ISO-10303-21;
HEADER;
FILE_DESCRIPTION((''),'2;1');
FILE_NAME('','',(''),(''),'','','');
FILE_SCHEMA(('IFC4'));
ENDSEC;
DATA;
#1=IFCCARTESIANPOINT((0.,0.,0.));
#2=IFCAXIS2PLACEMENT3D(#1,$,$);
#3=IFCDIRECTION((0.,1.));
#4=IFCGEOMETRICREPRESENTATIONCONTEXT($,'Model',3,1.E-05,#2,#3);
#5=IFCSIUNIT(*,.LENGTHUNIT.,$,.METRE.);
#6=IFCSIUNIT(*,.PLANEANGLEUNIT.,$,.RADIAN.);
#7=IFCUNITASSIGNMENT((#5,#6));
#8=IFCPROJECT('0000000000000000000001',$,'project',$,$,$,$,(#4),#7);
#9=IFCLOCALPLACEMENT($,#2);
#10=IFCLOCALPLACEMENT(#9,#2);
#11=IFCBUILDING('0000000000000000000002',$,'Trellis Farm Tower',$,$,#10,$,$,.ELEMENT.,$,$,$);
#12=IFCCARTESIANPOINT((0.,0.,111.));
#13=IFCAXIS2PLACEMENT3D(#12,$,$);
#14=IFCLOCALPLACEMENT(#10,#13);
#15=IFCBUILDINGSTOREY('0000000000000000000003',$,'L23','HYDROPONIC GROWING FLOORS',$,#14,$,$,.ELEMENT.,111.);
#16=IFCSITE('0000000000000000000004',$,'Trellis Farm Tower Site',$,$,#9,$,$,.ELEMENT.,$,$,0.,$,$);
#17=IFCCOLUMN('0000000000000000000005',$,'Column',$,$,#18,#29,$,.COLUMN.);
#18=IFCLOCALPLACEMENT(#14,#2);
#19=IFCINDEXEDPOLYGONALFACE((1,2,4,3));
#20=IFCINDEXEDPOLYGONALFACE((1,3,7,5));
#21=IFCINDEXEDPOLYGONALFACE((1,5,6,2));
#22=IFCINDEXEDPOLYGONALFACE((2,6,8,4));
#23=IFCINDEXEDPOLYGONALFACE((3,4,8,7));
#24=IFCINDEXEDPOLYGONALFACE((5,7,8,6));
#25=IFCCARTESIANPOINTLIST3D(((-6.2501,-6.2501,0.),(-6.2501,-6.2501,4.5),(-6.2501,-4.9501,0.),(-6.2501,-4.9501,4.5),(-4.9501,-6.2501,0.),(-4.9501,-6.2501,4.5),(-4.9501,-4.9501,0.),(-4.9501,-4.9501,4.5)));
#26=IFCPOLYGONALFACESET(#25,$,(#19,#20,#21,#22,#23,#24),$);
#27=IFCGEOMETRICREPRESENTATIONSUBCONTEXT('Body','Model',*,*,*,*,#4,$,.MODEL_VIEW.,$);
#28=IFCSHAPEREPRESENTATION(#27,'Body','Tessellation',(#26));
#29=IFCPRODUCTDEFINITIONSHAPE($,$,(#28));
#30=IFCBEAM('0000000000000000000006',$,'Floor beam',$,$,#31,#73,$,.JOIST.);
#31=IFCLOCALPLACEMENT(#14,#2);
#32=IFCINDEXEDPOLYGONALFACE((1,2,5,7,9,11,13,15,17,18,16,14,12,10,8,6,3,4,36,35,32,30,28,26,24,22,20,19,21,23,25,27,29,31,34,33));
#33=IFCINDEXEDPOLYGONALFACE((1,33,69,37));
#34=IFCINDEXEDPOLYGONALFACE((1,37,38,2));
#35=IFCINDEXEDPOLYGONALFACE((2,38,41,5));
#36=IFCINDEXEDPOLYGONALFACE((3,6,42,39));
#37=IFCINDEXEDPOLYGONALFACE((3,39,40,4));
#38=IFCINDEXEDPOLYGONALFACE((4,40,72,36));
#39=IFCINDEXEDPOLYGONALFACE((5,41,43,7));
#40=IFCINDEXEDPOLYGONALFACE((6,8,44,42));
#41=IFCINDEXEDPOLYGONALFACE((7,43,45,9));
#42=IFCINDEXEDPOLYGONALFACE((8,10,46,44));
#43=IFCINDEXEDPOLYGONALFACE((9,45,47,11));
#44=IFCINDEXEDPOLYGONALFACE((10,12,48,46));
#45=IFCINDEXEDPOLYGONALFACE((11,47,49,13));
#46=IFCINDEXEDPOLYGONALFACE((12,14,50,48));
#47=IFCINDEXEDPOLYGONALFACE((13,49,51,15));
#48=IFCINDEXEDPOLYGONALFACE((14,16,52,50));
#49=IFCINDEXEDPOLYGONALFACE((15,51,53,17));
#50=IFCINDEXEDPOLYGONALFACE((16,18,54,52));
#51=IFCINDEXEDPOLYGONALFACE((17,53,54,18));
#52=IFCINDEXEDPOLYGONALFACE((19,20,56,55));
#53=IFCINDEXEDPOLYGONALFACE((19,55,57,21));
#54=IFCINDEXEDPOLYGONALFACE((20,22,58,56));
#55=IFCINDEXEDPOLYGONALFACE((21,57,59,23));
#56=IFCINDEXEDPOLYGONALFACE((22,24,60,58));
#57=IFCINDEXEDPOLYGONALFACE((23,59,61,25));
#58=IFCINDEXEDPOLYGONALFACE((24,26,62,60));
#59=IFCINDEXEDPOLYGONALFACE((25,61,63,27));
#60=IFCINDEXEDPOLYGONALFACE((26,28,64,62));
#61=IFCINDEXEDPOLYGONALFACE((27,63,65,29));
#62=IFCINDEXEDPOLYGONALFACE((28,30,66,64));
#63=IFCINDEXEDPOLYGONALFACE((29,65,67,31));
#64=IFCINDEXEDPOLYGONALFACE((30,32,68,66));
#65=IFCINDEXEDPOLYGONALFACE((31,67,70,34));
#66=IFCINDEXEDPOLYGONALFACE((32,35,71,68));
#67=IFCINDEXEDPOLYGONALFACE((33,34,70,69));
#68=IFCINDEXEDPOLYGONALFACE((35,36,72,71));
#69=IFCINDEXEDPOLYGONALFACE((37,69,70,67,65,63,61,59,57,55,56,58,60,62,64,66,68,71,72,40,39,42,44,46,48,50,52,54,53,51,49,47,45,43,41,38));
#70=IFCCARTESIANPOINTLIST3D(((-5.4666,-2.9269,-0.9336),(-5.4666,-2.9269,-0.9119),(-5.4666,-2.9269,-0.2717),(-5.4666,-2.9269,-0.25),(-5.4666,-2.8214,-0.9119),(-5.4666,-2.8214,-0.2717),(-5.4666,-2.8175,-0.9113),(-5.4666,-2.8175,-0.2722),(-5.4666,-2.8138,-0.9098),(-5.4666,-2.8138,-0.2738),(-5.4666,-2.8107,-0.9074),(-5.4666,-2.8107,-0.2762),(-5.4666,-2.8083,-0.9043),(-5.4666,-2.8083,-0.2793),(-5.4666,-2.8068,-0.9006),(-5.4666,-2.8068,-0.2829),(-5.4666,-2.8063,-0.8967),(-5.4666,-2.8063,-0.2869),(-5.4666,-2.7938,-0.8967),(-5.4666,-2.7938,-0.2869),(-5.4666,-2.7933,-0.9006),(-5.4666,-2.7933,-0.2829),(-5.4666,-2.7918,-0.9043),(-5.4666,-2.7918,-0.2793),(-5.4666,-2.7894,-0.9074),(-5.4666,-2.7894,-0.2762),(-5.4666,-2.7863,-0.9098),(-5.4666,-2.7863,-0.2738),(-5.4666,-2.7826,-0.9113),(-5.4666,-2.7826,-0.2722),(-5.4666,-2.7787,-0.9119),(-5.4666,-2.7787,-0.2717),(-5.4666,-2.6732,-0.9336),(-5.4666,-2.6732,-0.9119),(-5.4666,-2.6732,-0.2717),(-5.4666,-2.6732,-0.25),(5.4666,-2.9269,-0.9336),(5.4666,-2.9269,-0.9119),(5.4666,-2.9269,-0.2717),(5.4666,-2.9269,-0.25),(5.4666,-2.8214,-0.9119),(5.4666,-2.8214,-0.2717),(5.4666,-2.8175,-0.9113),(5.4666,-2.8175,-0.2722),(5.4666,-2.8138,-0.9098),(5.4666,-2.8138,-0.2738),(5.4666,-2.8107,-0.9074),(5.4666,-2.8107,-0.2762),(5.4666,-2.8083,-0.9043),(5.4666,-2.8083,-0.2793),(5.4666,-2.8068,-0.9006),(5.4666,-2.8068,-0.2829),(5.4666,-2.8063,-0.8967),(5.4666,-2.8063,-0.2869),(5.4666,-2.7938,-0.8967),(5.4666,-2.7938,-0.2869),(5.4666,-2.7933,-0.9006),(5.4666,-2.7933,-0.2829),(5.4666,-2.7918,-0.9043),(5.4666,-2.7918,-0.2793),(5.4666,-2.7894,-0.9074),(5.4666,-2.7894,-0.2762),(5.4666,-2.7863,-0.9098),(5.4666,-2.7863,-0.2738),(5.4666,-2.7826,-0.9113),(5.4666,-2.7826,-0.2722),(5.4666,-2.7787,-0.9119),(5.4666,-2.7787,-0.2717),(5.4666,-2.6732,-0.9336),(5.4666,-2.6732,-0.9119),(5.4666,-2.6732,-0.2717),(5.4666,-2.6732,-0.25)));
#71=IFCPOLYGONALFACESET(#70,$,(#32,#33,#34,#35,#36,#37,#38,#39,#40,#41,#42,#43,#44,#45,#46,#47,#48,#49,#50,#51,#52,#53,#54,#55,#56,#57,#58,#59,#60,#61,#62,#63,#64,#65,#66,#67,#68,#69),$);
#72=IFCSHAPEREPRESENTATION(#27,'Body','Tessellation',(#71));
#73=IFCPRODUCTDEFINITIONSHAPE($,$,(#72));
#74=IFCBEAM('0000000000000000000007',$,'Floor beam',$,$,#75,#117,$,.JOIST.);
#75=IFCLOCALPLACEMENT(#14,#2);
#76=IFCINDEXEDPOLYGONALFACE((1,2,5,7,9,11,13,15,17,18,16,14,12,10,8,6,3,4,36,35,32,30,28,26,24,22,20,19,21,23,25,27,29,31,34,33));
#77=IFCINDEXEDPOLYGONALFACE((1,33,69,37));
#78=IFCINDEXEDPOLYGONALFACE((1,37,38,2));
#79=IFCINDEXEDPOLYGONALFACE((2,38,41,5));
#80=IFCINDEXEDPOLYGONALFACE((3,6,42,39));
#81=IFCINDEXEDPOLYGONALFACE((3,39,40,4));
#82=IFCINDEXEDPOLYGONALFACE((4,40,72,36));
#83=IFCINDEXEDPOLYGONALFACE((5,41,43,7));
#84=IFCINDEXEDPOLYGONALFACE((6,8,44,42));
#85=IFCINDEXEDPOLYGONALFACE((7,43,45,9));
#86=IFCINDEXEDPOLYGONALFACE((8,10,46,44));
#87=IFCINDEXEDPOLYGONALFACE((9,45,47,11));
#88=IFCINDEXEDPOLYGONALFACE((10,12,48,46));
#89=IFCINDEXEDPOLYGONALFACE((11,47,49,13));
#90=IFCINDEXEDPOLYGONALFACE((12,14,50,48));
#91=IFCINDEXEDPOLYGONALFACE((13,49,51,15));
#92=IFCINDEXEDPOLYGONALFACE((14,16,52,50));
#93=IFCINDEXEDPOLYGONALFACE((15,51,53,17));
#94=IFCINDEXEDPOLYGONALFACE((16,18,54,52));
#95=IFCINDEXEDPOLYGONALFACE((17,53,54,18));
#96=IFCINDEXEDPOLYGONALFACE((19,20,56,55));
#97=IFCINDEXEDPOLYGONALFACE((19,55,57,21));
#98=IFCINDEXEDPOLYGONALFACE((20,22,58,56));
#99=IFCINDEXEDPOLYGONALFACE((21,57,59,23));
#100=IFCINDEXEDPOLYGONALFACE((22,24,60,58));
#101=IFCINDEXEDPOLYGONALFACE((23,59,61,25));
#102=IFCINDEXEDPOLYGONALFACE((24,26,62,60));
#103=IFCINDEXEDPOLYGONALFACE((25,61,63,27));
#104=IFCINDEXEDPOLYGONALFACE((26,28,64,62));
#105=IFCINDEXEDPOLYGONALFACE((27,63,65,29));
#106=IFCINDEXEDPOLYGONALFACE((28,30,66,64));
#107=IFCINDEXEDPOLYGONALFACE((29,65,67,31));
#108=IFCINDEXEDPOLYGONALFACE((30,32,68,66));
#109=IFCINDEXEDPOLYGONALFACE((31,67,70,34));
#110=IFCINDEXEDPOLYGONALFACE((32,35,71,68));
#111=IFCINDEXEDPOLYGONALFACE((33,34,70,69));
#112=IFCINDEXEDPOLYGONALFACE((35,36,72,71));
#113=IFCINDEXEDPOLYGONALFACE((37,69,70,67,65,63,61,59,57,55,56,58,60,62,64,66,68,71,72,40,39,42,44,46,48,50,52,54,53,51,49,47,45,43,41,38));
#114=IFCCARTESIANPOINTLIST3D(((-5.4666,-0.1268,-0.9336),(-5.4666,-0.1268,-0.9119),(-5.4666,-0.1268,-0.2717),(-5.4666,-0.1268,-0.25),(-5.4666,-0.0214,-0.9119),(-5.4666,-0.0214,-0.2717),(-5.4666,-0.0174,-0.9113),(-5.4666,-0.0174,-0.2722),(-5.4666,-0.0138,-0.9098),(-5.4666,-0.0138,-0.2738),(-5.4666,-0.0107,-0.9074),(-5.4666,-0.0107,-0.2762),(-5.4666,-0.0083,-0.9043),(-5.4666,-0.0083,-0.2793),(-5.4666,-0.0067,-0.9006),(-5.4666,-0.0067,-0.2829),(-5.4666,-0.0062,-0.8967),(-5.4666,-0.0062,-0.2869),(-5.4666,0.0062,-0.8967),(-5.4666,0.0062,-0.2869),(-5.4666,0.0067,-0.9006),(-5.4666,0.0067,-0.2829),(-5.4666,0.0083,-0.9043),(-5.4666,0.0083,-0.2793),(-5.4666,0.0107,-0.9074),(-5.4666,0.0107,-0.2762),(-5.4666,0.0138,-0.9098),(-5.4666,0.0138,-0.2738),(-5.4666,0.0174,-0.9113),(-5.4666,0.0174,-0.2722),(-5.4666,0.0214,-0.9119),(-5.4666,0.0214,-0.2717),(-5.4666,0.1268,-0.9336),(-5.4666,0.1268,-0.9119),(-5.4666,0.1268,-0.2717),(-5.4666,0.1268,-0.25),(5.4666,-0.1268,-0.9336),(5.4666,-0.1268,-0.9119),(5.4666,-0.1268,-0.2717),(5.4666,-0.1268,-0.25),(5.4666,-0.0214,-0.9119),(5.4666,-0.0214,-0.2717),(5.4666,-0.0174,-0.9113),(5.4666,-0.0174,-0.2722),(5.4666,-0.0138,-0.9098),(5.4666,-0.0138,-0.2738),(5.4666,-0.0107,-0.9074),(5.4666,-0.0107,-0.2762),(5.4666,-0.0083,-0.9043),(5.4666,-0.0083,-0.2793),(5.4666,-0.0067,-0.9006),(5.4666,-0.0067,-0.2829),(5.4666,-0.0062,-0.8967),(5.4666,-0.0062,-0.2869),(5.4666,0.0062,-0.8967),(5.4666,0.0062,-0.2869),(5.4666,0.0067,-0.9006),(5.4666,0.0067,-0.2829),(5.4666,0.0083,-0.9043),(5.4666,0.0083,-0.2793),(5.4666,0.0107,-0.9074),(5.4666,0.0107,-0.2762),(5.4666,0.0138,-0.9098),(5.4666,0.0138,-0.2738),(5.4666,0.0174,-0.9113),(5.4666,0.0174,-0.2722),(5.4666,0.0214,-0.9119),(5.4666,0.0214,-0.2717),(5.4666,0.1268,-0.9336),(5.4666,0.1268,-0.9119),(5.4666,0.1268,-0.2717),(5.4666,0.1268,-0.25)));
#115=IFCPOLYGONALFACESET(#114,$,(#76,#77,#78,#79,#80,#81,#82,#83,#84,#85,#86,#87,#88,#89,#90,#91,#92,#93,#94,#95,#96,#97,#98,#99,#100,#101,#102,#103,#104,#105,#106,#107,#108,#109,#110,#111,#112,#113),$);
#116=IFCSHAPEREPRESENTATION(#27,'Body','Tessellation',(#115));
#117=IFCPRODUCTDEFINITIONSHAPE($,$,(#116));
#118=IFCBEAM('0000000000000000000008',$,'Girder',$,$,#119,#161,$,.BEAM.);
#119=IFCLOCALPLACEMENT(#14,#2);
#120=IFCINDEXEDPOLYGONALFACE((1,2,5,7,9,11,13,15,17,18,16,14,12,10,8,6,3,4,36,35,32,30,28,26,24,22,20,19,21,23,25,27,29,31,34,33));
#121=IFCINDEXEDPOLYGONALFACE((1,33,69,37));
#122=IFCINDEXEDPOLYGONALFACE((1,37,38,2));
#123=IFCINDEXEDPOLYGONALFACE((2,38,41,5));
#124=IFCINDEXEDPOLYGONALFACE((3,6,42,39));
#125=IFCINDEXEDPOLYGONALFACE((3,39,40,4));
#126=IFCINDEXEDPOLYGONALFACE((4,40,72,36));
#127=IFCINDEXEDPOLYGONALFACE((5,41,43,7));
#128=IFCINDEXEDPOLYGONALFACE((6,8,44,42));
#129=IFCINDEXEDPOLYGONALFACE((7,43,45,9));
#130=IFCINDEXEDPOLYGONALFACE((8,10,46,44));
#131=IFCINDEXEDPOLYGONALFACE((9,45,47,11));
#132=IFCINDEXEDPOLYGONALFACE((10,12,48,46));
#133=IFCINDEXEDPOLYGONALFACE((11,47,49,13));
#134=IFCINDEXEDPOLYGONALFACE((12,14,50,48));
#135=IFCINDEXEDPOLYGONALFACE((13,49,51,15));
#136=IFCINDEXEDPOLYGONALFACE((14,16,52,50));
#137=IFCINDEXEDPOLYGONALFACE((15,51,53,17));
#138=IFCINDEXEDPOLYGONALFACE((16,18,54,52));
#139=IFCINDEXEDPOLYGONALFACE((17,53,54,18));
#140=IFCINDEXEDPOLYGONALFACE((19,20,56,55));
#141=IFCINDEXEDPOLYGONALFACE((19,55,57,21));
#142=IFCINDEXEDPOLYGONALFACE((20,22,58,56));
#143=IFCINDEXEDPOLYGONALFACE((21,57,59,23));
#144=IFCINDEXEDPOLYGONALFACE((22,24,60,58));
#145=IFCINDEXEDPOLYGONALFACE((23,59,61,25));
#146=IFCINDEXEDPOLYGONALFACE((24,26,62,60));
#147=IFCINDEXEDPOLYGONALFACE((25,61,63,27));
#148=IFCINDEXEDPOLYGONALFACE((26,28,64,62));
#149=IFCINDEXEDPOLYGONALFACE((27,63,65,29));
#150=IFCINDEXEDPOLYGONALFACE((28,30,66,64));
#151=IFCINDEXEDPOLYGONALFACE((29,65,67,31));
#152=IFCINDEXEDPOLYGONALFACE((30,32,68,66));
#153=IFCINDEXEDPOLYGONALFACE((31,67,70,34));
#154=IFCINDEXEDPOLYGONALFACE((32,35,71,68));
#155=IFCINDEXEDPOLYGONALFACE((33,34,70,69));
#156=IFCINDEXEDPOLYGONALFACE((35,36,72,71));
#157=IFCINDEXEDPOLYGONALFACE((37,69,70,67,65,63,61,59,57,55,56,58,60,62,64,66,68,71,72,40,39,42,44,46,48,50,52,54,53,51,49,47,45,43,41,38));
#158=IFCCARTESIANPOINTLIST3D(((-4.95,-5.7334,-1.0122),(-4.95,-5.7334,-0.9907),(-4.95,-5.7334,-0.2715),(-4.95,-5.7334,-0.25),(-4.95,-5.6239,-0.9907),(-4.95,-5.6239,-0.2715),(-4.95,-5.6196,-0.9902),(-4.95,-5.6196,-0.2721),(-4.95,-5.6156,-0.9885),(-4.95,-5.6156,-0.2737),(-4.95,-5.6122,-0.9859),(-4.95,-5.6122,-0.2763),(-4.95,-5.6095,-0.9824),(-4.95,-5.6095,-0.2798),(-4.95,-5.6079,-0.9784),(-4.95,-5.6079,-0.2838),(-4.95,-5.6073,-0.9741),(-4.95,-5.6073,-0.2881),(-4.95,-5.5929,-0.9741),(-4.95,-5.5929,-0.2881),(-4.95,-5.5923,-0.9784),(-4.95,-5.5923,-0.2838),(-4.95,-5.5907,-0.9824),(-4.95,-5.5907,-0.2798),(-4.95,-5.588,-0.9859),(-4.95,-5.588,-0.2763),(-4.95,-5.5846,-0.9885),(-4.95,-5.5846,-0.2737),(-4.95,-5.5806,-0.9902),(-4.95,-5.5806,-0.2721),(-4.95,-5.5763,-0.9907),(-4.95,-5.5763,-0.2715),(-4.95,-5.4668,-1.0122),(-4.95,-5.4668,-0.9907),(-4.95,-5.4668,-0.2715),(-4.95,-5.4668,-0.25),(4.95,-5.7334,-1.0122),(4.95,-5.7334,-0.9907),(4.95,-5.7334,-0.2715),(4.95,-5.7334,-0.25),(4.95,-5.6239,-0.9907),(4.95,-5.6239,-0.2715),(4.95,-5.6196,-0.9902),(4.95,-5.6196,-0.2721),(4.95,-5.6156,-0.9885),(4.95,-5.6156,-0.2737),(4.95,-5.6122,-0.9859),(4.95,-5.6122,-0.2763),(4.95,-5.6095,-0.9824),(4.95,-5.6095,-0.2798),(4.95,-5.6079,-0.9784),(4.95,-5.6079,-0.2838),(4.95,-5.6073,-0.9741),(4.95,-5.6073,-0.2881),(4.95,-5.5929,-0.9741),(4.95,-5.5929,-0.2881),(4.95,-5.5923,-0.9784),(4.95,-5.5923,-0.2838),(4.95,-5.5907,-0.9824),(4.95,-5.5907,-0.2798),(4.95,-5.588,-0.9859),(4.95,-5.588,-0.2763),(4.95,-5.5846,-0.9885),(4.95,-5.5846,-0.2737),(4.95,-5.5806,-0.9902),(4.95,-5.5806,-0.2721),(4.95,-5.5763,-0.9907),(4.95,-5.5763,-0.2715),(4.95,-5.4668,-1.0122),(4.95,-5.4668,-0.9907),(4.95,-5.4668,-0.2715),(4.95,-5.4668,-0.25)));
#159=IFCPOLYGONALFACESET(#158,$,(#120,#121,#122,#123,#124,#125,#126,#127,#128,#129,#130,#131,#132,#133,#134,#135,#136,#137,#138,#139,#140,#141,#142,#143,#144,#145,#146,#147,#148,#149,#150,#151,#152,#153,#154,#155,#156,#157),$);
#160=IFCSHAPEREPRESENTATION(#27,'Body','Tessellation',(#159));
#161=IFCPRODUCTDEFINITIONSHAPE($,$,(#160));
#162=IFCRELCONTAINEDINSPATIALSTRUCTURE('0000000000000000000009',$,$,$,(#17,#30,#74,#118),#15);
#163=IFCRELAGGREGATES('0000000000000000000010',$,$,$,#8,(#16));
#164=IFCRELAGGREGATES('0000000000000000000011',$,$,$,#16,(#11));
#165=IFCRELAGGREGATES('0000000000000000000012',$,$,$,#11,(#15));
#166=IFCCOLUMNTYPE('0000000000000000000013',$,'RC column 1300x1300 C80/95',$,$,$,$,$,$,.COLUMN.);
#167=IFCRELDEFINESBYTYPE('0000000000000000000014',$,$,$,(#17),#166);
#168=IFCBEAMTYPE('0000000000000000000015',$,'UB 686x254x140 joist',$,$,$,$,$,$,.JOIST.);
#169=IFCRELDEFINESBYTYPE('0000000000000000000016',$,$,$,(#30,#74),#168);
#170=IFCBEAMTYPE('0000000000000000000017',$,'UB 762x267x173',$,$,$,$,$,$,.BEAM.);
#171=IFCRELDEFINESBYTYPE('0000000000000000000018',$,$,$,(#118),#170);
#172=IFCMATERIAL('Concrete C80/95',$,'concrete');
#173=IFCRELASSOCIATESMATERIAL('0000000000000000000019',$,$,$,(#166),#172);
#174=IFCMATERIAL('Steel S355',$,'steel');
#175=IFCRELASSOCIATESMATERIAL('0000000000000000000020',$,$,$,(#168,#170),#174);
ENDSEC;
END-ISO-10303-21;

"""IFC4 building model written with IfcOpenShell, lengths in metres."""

from ifc_helpers import new_model, si_unit, direction, frame, origin, origin_2d, place, context, subcontext, project, spatial, rectangle, i_section, extrude, source, transform, mapped, material, material_profile, profile_set, type_object, element, save


model = new_model("IFC4")

# Units and contexts
model_context = context("Model", 3, precision=1e-05, world=origin(), true_north=direction((0.0, 1.0)))
body_context = subcontext(model_context, "Body", "Model", "MODEL_VIEW")
ifc_project = project(units=[si_unit("LENGTHUNIT", "METRE"), si_unit("PLANEANGLEUNIT", "RADIAN")], contexts=[model_context])

# Site, building, storey
site_placement = place(None, origin())
site = spatial("IfcSite", under=ifc_project, at=site_placement, Name="Trellis Farm Tower Site", CompositionType="ELEMENT", RefElevation=0.0)
building_placement = place(site_placement, origin())
building = spatial("IfcBuilding", under=site, at=building_placement, Name="Trellis Farm Tower", CompositionType="ELEMENT")
storey_placement = place(building_placement, frame((0.0, 0.0, 111.0)))
storey = spatial("IfcBuildingStorey", under=building, at=storey_placement, Name="L23", Description="HYDROPONIC GROWING FLOORS", CompositionType="ELEMENT", Elevation=111.0)

# Column
ifc_material_1 = material(Name="Concrete C80/95", Category="concrete")
ifc_material_profile_1 = material_profile(ifc_material_1, rectangle(XDim=1.3, YDim=1.3, at=origin_2d()), Name="RC column 1300x1300 C80/95")
ifc_profile_set_1 = profile_set([ifc_material_profile_1], Name="Concrete C80/95")
column_type = type_object("IfcColumnType", Name="RC column 1300x1300 C80/95", PredefinedType="COLUMN", material=ifc_profile_set_1)
shared_shape_1 = source(origin(), body_context, "Body", "SweptSolid", [
    extrude(rectangle(XDim=1.3, YDim=1.3, at=origin_2d()), origin(), (0.0, 0.0, 1.0), 4.5),
])
column_placement = place(storey_placement, frame((-5.6001, -5.6001, 0.0), z_axis=(0.0, 0.0, 1.0), x_axis=(1.0, 0.0, 0.0)))
element("IfcColumn", 1, at=column_placement, inside=storey, type_object=column_type, Name="Column", PredefinedType="COLUMN", context=body_context, shape_type="MappedRepresentation", body=[
    mapped(shared_shape_1, transform((0.0, 0.0, 0.0))),
])

# Beams
ifc_material_2 = material(Name="Steel S355", Category="steel")
ifc_material_profile_2 = material_profile(ifc_material_2, i_section(OverallWidth=0.2537, OverallDepth=0.6836, WebThickness=0.0125, FlangeThickness=0.0217, FilletRadius=0.0151, at=origin_2d()), Name="UB 686x254x140")
ifc_profile_set_2 = profile_set([ifc_material_profile_2], Name="Steel S355")
beam_type_1 = type_object("IfcBeamType", Name="UB 686x254x140 joist", PredefinedType="JOIST", material=ifc_profile_set_2)
shared_shape_2 = source(origin(), body_context, "Body", "SweptSolid", [
    extrude(i_section(OverallWidth=0.2537, OverallDepth=0.6836, WebThickness=0.0125, FlangeThickness=0.0217, FilletRadius=0.0151, at=origin_2d()), origin(), (0.0, 0.0, 1.0), 10.9331),
])
for number, where, z_axis, x_axis, name in (
    (2, (-5.4666, -2.8, -0.5918), (1.0, 0.0, 0.0), (0.0, 1.0, 0.0), "Floor beam"),
    (3, (-5.4666, 0.0, -0.5918), (1.0, 0.0, 0.0), (0.0, 1.0, 0.0), "Floor beam"),
):
    element("IfcBeam", number, at=place(storey_placement, frame(where, z_axis=z_axis, x_axis=x_axis)), inside=storey, type_object=beam_type_1, Name=name, PredefinedType="JOIST", context=body_context, shape_type="MappedRepresentation", body=[
        mapped(shared_shape_2, transform((0.0, 0.0, 0.0))),
    ])
ifc_material_profile_3 = material_profile(ifc_material_2, i_section(OverallWidth=0.2666, OverallDepth=0.7622, WebThickness=0.0144, FlangeThickness=0.0215, FilletRadius=0.0166, at=origin_2d()), Name="UB 762x267x173")
ifc_profile_set_3 = profile_set([ifc_material_profile_3], Name="Steel S355")
beam_type_2 = type_object("IfcBeamType", Name="UB 762x267x173", PredefinedType="BEAM", material=ifc_profile_set_3)
shared_shape_3 = source(origin(), body_context, "Body", "SweptSolid", [
    extrude(i_section(OverallWidth=0.2666, OverallDepth=0.7622, WebThickness=0.0144, FlangeThickness=0.0215, FilletRadius=0.0166, at=origin_2d()), origin(), (0.0, 0.0, 1.0), 9.8999),
])
for number, where, z_axis, x_axis, name in (
    (4, (-4.95, -5.6001, -0.6311), (1.0, 0.0, 0.0), (0.0, 1.0, 0.0), "Girder"),
):
    element("IfcBeam", number, at=place(storey_placement, frame(where, z_axis=z_axis, x_axis=x_axis)), inside=storey, type_object=beam_type_2, Name=name, PredefinedType="BEAM", context=body_context, shape_type="MappedRepresentation", body=[
        mapped(shared_shape_3, transform((0.0, 0.0, 0.0))),
    ])

save(model, "model.ifc")
